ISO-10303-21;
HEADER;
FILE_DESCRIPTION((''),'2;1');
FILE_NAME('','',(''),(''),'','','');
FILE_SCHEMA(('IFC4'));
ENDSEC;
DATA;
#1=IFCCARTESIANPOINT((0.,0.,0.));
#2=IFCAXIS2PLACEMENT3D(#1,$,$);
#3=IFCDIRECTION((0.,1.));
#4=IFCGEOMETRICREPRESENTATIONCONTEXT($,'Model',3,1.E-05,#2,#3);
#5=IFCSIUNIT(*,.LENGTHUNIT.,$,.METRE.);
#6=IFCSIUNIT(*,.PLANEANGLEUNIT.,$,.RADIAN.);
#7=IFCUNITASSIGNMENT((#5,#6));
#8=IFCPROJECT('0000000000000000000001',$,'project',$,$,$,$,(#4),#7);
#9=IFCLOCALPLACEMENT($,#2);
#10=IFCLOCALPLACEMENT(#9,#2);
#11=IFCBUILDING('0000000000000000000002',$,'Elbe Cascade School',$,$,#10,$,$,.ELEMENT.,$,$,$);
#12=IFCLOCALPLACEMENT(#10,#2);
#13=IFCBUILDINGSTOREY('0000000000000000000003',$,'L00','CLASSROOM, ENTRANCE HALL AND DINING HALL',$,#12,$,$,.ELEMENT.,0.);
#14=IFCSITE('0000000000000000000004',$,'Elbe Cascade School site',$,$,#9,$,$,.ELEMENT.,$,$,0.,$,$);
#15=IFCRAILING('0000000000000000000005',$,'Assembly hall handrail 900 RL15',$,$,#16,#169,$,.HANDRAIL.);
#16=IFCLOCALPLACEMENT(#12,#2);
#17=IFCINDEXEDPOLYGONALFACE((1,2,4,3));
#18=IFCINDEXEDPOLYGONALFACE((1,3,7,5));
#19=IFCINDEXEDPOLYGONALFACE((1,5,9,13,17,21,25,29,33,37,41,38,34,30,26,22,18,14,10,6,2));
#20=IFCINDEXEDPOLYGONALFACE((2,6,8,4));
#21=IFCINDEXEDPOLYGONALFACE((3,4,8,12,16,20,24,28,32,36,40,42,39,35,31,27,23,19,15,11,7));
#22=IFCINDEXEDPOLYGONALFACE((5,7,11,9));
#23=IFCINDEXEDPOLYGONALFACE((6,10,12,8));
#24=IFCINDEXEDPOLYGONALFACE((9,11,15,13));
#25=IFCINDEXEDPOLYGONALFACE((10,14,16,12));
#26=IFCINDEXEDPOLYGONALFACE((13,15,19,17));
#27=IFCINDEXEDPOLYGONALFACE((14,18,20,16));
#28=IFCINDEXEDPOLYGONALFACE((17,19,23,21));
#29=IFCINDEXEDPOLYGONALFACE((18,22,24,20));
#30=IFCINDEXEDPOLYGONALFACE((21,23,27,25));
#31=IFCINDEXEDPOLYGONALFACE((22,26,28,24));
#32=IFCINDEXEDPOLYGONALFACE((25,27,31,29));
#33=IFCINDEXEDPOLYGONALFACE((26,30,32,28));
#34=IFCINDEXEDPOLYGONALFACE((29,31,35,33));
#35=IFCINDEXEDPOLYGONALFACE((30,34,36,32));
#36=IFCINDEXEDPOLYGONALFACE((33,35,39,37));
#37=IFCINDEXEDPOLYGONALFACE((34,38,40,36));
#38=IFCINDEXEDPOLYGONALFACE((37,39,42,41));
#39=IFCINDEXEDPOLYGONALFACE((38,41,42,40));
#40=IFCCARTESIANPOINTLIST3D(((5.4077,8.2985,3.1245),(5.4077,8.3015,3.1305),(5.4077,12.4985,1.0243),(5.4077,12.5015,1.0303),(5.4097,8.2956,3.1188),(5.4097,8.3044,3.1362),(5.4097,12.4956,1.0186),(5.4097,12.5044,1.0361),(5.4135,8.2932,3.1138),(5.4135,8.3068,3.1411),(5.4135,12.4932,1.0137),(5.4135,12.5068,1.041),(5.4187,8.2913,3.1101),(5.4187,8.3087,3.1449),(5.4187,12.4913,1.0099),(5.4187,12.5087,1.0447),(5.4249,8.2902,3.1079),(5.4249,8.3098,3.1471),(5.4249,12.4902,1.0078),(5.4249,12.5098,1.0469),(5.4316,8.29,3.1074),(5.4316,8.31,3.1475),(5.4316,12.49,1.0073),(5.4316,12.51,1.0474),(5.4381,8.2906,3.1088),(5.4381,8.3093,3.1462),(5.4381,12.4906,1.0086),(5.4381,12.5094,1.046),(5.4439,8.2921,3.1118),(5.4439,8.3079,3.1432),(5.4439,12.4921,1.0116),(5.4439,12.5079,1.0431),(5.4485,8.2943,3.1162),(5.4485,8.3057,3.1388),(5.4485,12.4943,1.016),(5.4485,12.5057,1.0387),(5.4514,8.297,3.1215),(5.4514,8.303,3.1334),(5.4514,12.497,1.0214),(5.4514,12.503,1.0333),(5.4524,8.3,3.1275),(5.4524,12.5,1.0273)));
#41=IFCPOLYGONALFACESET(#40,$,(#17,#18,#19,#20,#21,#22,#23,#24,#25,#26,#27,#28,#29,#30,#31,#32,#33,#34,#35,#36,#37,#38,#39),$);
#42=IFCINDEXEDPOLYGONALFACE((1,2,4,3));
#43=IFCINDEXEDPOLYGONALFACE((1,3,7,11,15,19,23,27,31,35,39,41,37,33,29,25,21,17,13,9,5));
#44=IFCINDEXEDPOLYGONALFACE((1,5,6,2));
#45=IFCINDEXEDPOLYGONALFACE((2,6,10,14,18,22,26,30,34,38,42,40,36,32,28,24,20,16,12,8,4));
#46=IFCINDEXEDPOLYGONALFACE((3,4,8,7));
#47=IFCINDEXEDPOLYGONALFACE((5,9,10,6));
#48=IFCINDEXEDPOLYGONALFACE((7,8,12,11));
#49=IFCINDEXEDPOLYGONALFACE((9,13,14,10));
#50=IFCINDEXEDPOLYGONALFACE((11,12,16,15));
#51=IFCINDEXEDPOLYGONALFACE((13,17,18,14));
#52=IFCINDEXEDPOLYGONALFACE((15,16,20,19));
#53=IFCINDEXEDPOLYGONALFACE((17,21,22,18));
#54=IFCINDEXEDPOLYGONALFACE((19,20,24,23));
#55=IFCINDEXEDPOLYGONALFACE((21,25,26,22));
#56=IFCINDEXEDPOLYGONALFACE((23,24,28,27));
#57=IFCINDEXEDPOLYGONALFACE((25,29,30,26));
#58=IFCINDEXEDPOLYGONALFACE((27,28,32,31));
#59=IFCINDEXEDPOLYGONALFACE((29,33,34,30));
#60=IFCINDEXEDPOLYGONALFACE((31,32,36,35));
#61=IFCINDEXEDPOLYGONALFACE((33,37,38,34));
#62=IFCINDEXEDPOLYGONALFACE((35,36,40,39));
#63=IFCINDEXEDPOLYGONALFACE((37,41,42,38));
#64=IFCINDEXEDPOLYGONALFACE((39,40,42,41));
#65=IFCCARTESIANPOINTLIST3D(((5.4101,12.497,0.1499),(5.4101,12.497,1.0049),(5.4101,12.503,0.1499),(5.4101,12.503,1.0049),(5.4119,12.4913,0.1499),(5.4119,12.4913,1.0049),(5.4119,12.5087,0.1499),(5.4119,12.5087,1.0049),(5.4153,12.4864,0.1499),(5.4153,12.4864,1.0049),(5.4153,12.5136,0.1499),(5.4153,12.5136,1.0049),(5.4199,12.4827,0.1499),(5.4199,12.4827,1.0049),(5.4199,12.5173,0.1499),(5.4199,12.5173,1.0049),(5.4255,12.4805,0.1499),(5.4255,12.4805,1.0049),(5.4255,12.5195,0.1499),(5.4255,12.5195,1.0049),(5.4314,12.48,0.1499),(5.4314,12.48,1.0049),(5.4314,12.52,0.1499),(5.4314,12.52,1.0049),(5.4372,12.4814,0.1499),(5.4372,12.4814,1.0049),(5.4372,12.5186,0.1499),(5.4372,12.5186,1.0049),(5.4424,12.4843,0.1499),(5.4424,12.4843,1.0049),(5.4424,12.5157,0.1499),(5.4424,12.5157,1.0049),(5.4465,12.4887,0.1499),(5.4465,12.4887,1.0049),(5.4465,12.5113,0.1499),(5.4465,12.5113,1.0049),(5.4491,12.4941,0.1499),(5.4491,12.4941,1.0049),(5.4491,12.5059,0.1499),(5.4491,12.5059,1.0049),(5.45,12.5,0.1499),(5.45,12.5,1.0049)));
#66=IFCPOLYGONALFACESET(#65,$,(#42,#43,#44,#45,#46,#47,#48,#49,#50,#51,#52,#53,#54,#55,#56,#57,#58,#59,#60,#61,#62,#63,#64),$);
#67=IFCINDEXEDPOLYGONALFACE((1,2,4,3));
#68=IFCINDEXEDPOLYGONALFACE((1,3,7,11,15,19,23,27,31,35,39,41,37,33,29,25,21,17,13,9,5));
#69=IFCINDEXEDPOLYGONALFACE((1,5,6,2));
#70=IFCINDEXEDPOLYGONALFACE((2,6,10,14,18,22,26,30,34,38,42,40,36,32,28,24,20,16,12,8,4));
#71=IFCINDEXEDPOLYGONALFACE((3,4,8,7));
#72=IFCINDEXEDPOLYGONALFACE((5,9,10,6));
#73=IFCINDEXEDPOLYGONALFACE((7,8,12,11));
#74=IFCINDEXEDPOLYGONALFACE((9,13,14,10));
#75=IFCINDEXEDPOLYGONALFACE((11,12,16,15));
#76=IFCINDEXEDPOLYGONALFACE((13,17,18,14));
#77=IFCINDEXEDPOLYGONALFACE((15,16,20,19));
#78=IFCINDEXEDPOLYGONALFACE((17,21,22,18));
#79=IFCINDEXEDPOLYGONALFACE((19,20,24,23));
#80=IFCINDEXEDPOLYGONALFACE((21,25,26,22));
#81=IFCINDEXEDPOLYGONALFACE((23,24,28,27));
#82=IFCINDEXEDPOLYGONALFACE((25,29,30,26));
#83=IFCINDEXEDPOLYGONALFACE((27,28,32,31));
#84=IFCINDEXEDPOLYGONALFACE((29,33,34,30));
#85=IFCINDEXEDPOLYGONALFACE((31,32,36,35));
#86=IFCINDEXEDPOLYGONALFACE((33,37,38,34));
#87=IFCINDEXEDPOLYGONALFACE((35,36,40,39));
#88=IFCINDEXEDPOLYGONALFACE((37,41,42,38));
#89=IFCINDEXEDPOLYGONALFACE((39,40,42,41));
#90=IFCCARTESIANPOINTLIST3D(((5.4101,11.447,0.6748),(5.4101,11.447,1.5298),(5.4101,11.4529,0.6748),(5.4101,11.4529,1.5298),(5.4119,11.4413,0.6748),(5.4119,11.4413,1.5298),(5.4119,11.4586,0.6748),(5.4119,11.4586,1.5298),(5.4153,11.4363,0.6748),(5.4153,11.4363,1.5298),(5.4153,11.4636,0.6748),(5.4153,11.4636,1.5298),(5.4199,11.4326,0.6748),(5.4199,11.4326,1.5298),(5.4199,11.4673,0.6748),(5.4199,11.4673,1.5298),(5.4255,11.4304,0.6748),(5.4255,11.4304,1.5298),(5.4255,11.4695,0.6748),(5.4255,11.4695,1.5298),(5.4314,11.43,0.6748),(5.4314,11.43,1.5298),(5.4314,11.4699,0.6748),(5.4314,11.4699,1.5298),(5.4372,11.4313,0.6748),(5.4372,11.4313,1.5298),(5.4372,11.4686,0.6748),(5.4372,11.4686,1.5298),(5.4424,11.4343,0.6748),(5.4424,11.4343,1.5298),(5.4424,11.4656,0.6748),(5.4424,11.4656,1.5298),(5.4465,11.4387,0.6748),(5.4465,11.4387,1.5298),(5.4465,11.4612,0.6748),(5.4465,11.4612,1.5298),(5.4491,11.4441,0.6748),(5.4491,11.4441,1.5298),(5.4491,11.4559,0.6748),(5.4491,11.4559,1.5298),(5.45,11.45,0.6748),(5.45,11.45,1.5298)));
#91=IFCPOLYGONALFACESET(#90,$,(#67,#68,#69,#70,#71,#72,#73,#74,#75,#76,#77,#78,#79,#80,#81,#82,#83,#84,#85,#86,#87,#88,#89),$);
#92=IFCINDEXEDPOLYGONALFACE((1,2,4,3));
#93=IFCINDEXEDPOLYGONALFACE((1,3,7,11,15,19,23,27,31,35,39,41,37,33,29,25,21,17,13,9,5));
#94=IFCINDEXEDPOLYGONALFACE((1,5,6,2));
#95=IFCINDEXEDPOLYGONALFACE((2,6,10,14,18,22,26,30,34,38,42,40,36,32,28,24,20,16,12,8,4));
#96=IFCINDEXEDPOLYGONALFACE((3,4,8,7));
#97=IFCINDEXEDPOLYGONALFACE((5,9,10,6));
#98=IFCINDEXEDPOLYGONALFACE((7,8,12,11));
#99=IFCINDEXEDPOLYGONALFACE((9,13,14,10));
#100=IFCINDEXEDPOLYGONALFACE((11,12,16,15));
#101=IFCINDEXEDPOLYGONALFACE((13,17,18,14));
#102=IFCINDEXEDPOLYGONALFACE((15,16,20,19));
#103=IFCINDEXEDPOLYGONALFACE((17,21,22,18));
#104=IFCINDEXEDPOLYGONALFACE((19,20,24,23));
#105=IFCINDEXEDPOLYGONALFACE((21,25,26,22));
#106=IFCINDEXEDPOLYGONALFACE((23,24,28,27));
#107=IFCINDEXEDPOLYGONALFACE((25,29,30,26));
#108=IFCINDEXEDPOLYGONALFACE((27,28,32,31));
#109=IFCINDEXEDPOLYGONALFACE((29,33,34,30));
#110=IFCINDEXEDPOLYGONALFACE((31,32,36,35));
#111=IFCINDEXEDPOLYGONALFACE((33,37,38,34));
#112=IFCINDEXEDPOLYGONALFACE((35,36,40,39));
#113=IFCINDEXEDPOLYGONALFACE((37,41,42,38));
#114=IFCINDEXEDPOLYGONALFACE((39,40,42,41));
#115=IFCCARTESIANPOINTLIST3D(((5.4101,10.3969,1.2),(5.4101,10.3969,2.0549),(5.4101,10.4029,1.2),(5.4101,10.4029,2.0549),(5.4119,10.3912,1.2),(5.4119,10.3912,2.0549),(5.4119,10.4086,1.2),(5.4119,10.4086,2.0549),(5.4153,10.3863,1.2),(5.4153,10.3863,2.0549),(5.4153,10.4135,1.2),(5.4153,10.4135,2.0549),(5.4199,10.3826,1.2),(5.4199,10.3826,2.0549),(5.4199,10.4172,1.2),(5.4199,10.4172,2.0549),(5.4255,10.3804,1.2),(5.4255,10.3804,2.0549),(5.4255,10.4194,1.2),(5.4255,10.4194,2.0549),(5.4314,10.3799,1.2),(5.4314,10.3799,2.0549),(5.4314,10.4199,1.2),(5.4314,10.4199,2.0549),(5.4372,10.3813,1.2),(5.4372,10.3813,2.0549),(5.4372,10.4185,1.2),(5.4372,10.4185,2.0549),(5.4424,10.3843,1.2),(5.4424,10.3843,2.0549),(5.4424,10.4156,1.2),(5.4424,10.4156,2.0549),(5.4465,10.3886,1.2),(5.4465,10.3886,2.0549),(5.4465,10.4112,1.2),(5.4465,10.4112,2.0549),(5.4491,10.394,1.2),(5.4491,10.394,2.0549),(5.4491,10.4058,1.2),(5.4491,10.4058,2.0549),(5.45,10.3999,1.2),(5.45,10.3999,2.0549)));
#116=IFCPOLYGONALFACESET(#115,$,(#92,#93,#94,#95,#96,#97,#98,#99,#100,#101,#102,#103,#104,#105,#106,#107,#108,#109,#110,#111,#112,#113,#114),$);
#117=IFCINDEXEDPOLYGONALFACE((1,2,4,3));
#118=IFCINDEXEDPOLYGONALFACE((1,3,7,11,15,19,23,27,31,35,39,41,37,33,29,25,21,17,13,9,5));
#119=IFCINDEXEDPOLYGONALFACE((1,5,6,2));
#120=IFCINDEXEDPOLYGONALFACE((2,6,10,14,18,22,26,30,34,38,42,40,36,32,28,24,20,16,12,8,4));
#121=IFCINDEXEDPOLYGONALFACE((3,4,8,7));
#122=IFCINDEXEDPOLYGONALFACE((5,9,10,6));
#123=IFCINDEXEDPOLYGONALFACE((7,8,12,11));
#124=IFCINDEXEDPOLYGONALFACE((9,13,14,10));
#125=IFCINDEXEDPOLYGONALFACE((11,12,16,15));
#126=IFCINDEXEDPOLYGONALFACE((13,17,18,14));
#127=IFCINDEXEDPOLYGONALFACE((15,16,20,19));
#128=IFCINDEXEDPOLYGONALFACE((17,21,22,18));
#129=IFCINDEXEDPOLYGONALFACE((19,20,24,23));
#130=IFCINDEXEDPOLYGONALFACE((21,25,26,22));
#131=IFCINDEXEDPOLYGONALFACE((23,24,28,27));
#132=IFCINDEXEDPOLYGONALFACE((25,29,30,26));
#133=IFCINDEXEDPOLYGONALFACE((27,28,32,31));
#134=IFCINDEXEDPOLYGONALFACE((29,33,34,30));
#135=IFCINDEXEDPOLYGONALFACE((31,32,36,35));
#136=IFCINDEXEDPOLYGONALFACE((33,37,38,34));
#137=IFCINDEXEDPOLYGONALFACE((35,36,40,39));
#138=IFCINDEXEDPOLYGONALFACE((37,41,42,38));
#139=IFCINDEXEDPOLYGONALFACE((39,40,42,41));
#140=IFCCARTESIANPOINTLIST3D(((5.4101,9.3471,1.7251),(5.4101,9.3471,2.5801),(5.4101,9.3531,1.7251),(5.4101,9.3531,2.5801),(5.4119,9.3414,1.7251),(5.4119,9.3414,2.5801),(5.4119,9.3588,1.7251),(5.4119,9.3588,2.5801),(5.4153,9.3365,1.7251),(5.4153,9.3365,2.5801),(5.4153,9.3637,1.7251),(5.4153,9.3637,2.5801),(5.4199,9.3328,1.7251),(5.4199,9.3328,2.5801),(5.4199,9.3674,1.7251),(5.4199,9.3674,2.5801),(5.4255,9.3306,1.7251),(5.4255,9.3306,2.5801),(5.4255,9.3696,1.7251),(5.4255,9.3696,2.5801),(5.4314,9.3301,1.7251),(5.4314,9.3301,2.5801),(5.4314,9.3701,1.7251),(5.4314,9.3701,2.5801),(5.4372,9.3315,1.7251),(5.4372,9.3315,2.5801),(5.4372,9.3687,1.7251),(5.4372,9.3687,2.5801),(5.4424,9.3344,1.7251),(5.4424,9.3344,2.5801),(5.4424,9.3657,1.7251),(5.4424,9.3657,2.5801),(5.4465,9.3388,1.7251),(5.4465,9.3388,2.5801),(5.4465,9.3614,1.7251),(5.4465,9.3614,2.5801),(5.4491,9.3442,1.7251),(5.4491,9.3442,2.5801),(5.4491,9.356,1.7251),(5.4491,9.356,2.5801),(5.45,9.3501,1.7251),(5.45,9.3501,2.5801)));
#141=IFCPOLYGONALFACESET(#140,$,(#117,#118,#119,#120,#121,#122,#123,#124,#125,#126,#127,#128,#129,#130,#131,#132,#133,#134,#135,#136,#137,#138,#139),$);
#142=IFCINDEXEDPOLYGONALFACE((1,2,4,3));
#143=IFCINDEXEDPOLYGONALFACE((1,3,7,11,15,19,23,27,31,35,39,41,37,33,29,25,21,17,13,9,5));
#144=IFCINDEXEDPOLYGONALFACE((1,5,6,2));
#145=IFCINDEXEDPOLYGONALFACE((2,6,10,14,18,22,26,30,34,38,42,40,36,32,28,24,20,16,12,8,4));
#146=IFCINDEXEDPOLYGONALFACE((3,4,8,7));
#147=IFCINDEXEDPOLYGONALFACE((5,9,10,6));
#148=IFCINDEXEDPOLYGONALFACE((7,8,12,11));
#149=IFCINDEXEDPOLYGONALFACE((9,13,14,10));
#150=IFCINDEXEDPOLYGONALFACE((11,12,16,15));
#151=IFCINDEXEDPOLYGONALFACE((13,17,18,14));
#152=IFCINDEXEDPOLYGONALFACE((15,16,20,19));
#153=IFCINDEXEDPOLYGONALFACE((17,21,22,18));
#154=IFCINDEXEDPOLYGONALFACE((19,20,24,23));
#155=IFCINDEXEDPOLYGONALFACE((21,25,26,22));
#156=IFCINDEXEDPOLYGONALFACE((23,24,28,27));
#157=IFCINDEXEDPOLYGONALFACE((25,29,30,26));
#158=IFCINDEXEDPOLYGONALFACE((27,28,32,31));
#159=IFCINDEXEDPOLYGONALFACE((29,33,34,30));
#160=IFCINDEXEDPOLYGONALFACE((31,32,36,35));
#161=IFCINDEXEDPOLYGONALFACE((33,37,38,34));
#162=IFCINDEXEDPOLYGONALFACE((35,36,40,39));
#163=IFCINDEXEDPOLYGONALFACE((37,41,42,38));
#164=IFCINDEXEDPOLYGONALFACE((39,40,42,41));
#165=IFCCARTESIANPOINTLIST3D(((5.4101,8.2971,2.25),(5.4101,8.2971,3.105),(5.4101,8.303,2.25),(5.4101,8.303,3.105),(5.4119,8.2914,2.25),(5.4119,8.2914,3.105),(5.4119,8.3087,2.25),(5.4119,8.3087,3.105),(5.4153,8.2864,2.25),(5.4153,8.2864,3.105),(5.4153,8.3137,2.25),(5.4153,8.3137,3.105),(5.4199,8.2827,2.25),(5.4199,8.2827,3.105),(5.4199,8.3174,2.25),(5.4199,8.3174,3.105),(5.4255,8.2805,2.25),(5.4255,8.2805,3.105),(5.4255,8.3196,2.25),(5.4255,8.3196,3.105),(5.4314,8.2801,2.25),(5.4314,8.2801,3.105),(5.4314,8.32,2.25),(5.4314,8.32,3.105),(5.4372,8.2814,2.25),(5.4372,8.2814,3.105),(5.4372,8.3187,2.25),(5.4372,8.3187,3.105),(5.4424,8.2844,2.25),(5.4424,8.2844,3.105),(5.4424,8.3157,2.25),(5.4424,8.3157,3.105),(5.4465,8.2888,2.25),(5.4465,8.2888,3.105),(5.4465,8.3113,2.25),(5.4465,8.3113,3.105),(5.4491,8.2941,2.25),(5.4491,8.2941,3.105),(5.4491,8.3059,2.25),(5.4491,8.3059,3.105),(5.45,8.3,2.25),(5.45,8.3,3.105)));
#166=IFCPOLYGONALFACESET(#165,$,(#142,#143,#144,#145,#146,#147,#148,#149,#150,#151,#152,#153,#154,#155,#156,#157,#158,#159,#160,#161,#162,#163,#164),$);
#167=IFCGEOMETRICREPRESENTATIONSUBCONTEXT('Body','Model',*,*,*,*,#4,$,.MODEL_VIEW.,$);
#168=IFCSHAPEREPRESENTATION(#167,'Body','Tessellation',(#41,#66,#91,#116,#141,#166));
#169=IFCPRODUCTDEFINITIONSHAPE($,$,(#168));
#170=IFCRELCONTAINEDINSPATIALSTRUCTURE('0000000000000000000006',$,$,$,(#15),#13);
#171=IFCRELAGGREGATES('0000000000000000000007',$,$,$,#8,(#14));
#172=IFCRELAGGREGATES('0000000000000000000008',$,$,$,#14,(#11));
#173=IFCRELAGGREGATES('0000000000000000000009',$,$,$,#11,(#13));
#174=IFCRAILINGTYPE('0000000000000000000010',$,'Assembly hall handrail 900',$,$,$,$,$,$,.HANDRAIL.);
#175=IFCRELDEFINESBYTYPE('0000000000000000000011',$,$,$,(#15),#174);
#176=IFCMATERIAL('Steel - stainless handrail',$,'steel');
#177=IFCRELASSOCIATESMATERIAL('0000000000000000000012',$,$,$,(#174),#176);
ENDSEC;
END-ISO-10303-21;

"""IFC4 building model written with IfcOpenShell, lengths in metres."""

from ifc_helpers import new_model, si_unit, direction, frame, origin, origin_2d, place, context, subcontext, project, spatial, circle, extrude, material, type_object, element, save


model = new_model("IFC4")

# Units and contexts
model_context = context("Model", 3, precision=1e-05, world=origin(), true_north=direction((0.0, 1.0)))
body_context = subcontext(model_context, "Body", "Model", "MODEL_VIEW")
ifc_project = project(units=[si_unit("LENGTHUNIT", "METRE"), si_unit("PLANEANGLEUNIT", "RADIAN")], contexts=[model_context])

# Site, building, storey
site_placement = place(None, origin())
site = spatial("IfcSite", under=ifc_project, at=site_placement, Name="Elbe Cascade School site", CompositionType="ELEMENT", RefElevation=0.0)
building_placement = place(site_placement, origin())
building = spatial("IfcBuilding", under=site, at=building_placement, Name="Elbe Cascade School", CompositionType="ELEMENT")
storey_placement = place(building_placement, origin())
storey = spatial("IfcBuildingStorey", under=building, at=storey_placement, Name="L00", Description="CLASSROOM, ENTRANCE HALL AND DINING HALL", CompositionType="ELEMENT", Elevation=0.0)

# Railing
ifc_material_1 = material(Name="Steel - stainless handrail", Category="steel")
railing_type = type_object("IfcRailingType", Name="Assembly hall handrail 900", PredefinedType="HANDRAIL", material=ifc_material_1)
for number, where, name in (
    (1, (5.4299, 12.5, 0.1499), "Assembly hall handrail 900 RL15"),
):
    element("IfcRailing", number, at=place(storey_placement, frame(where)), inside=storey, type_object=railing_type, Name=name, PredefinedType="HANDRAIL", context=body_context, shape_type="SweptSolid", body=[
        extrude(circle(Radius=0.0225, at=origin_2d()), frame((0.0, 0.0, 0.8774), z_axis=(0.0, -0.894417, 0.447234), x_axis=(1.0, 0.0, 0.0)), (0.0, 0.0, 1.0), 4.6958),
        extrude(circle(Radius=0.02, at=origin_2d()), origin(), (0.0, 0.0, 1.0), 0.855),
        extrude(circle(Radius=0.02, at=origin_2d()), frame((0.0, -1.05, 0.5249)), (0.0, 0.0, 1.0), 0.855),
        extrude(circle(Radius=0.02, at=origin_2d()), frame((0.0, -2.1001, 1.05)), (0.0, 0.0, 1.0), 0.855),
        extrude(circle(Radius=0.02, at=origin_2d()), frame((0.0, -3.1499, 1.5752)), (0.0, 0.0, 1.0), 0.855),
        extrude(circle(Radius=0.02, at=origin_2d()), frame((0.0, -4.2, 2.1001)), (0.0, 0.0, 1.0), 0.855),
    ])

save(model, "model.ifc")
